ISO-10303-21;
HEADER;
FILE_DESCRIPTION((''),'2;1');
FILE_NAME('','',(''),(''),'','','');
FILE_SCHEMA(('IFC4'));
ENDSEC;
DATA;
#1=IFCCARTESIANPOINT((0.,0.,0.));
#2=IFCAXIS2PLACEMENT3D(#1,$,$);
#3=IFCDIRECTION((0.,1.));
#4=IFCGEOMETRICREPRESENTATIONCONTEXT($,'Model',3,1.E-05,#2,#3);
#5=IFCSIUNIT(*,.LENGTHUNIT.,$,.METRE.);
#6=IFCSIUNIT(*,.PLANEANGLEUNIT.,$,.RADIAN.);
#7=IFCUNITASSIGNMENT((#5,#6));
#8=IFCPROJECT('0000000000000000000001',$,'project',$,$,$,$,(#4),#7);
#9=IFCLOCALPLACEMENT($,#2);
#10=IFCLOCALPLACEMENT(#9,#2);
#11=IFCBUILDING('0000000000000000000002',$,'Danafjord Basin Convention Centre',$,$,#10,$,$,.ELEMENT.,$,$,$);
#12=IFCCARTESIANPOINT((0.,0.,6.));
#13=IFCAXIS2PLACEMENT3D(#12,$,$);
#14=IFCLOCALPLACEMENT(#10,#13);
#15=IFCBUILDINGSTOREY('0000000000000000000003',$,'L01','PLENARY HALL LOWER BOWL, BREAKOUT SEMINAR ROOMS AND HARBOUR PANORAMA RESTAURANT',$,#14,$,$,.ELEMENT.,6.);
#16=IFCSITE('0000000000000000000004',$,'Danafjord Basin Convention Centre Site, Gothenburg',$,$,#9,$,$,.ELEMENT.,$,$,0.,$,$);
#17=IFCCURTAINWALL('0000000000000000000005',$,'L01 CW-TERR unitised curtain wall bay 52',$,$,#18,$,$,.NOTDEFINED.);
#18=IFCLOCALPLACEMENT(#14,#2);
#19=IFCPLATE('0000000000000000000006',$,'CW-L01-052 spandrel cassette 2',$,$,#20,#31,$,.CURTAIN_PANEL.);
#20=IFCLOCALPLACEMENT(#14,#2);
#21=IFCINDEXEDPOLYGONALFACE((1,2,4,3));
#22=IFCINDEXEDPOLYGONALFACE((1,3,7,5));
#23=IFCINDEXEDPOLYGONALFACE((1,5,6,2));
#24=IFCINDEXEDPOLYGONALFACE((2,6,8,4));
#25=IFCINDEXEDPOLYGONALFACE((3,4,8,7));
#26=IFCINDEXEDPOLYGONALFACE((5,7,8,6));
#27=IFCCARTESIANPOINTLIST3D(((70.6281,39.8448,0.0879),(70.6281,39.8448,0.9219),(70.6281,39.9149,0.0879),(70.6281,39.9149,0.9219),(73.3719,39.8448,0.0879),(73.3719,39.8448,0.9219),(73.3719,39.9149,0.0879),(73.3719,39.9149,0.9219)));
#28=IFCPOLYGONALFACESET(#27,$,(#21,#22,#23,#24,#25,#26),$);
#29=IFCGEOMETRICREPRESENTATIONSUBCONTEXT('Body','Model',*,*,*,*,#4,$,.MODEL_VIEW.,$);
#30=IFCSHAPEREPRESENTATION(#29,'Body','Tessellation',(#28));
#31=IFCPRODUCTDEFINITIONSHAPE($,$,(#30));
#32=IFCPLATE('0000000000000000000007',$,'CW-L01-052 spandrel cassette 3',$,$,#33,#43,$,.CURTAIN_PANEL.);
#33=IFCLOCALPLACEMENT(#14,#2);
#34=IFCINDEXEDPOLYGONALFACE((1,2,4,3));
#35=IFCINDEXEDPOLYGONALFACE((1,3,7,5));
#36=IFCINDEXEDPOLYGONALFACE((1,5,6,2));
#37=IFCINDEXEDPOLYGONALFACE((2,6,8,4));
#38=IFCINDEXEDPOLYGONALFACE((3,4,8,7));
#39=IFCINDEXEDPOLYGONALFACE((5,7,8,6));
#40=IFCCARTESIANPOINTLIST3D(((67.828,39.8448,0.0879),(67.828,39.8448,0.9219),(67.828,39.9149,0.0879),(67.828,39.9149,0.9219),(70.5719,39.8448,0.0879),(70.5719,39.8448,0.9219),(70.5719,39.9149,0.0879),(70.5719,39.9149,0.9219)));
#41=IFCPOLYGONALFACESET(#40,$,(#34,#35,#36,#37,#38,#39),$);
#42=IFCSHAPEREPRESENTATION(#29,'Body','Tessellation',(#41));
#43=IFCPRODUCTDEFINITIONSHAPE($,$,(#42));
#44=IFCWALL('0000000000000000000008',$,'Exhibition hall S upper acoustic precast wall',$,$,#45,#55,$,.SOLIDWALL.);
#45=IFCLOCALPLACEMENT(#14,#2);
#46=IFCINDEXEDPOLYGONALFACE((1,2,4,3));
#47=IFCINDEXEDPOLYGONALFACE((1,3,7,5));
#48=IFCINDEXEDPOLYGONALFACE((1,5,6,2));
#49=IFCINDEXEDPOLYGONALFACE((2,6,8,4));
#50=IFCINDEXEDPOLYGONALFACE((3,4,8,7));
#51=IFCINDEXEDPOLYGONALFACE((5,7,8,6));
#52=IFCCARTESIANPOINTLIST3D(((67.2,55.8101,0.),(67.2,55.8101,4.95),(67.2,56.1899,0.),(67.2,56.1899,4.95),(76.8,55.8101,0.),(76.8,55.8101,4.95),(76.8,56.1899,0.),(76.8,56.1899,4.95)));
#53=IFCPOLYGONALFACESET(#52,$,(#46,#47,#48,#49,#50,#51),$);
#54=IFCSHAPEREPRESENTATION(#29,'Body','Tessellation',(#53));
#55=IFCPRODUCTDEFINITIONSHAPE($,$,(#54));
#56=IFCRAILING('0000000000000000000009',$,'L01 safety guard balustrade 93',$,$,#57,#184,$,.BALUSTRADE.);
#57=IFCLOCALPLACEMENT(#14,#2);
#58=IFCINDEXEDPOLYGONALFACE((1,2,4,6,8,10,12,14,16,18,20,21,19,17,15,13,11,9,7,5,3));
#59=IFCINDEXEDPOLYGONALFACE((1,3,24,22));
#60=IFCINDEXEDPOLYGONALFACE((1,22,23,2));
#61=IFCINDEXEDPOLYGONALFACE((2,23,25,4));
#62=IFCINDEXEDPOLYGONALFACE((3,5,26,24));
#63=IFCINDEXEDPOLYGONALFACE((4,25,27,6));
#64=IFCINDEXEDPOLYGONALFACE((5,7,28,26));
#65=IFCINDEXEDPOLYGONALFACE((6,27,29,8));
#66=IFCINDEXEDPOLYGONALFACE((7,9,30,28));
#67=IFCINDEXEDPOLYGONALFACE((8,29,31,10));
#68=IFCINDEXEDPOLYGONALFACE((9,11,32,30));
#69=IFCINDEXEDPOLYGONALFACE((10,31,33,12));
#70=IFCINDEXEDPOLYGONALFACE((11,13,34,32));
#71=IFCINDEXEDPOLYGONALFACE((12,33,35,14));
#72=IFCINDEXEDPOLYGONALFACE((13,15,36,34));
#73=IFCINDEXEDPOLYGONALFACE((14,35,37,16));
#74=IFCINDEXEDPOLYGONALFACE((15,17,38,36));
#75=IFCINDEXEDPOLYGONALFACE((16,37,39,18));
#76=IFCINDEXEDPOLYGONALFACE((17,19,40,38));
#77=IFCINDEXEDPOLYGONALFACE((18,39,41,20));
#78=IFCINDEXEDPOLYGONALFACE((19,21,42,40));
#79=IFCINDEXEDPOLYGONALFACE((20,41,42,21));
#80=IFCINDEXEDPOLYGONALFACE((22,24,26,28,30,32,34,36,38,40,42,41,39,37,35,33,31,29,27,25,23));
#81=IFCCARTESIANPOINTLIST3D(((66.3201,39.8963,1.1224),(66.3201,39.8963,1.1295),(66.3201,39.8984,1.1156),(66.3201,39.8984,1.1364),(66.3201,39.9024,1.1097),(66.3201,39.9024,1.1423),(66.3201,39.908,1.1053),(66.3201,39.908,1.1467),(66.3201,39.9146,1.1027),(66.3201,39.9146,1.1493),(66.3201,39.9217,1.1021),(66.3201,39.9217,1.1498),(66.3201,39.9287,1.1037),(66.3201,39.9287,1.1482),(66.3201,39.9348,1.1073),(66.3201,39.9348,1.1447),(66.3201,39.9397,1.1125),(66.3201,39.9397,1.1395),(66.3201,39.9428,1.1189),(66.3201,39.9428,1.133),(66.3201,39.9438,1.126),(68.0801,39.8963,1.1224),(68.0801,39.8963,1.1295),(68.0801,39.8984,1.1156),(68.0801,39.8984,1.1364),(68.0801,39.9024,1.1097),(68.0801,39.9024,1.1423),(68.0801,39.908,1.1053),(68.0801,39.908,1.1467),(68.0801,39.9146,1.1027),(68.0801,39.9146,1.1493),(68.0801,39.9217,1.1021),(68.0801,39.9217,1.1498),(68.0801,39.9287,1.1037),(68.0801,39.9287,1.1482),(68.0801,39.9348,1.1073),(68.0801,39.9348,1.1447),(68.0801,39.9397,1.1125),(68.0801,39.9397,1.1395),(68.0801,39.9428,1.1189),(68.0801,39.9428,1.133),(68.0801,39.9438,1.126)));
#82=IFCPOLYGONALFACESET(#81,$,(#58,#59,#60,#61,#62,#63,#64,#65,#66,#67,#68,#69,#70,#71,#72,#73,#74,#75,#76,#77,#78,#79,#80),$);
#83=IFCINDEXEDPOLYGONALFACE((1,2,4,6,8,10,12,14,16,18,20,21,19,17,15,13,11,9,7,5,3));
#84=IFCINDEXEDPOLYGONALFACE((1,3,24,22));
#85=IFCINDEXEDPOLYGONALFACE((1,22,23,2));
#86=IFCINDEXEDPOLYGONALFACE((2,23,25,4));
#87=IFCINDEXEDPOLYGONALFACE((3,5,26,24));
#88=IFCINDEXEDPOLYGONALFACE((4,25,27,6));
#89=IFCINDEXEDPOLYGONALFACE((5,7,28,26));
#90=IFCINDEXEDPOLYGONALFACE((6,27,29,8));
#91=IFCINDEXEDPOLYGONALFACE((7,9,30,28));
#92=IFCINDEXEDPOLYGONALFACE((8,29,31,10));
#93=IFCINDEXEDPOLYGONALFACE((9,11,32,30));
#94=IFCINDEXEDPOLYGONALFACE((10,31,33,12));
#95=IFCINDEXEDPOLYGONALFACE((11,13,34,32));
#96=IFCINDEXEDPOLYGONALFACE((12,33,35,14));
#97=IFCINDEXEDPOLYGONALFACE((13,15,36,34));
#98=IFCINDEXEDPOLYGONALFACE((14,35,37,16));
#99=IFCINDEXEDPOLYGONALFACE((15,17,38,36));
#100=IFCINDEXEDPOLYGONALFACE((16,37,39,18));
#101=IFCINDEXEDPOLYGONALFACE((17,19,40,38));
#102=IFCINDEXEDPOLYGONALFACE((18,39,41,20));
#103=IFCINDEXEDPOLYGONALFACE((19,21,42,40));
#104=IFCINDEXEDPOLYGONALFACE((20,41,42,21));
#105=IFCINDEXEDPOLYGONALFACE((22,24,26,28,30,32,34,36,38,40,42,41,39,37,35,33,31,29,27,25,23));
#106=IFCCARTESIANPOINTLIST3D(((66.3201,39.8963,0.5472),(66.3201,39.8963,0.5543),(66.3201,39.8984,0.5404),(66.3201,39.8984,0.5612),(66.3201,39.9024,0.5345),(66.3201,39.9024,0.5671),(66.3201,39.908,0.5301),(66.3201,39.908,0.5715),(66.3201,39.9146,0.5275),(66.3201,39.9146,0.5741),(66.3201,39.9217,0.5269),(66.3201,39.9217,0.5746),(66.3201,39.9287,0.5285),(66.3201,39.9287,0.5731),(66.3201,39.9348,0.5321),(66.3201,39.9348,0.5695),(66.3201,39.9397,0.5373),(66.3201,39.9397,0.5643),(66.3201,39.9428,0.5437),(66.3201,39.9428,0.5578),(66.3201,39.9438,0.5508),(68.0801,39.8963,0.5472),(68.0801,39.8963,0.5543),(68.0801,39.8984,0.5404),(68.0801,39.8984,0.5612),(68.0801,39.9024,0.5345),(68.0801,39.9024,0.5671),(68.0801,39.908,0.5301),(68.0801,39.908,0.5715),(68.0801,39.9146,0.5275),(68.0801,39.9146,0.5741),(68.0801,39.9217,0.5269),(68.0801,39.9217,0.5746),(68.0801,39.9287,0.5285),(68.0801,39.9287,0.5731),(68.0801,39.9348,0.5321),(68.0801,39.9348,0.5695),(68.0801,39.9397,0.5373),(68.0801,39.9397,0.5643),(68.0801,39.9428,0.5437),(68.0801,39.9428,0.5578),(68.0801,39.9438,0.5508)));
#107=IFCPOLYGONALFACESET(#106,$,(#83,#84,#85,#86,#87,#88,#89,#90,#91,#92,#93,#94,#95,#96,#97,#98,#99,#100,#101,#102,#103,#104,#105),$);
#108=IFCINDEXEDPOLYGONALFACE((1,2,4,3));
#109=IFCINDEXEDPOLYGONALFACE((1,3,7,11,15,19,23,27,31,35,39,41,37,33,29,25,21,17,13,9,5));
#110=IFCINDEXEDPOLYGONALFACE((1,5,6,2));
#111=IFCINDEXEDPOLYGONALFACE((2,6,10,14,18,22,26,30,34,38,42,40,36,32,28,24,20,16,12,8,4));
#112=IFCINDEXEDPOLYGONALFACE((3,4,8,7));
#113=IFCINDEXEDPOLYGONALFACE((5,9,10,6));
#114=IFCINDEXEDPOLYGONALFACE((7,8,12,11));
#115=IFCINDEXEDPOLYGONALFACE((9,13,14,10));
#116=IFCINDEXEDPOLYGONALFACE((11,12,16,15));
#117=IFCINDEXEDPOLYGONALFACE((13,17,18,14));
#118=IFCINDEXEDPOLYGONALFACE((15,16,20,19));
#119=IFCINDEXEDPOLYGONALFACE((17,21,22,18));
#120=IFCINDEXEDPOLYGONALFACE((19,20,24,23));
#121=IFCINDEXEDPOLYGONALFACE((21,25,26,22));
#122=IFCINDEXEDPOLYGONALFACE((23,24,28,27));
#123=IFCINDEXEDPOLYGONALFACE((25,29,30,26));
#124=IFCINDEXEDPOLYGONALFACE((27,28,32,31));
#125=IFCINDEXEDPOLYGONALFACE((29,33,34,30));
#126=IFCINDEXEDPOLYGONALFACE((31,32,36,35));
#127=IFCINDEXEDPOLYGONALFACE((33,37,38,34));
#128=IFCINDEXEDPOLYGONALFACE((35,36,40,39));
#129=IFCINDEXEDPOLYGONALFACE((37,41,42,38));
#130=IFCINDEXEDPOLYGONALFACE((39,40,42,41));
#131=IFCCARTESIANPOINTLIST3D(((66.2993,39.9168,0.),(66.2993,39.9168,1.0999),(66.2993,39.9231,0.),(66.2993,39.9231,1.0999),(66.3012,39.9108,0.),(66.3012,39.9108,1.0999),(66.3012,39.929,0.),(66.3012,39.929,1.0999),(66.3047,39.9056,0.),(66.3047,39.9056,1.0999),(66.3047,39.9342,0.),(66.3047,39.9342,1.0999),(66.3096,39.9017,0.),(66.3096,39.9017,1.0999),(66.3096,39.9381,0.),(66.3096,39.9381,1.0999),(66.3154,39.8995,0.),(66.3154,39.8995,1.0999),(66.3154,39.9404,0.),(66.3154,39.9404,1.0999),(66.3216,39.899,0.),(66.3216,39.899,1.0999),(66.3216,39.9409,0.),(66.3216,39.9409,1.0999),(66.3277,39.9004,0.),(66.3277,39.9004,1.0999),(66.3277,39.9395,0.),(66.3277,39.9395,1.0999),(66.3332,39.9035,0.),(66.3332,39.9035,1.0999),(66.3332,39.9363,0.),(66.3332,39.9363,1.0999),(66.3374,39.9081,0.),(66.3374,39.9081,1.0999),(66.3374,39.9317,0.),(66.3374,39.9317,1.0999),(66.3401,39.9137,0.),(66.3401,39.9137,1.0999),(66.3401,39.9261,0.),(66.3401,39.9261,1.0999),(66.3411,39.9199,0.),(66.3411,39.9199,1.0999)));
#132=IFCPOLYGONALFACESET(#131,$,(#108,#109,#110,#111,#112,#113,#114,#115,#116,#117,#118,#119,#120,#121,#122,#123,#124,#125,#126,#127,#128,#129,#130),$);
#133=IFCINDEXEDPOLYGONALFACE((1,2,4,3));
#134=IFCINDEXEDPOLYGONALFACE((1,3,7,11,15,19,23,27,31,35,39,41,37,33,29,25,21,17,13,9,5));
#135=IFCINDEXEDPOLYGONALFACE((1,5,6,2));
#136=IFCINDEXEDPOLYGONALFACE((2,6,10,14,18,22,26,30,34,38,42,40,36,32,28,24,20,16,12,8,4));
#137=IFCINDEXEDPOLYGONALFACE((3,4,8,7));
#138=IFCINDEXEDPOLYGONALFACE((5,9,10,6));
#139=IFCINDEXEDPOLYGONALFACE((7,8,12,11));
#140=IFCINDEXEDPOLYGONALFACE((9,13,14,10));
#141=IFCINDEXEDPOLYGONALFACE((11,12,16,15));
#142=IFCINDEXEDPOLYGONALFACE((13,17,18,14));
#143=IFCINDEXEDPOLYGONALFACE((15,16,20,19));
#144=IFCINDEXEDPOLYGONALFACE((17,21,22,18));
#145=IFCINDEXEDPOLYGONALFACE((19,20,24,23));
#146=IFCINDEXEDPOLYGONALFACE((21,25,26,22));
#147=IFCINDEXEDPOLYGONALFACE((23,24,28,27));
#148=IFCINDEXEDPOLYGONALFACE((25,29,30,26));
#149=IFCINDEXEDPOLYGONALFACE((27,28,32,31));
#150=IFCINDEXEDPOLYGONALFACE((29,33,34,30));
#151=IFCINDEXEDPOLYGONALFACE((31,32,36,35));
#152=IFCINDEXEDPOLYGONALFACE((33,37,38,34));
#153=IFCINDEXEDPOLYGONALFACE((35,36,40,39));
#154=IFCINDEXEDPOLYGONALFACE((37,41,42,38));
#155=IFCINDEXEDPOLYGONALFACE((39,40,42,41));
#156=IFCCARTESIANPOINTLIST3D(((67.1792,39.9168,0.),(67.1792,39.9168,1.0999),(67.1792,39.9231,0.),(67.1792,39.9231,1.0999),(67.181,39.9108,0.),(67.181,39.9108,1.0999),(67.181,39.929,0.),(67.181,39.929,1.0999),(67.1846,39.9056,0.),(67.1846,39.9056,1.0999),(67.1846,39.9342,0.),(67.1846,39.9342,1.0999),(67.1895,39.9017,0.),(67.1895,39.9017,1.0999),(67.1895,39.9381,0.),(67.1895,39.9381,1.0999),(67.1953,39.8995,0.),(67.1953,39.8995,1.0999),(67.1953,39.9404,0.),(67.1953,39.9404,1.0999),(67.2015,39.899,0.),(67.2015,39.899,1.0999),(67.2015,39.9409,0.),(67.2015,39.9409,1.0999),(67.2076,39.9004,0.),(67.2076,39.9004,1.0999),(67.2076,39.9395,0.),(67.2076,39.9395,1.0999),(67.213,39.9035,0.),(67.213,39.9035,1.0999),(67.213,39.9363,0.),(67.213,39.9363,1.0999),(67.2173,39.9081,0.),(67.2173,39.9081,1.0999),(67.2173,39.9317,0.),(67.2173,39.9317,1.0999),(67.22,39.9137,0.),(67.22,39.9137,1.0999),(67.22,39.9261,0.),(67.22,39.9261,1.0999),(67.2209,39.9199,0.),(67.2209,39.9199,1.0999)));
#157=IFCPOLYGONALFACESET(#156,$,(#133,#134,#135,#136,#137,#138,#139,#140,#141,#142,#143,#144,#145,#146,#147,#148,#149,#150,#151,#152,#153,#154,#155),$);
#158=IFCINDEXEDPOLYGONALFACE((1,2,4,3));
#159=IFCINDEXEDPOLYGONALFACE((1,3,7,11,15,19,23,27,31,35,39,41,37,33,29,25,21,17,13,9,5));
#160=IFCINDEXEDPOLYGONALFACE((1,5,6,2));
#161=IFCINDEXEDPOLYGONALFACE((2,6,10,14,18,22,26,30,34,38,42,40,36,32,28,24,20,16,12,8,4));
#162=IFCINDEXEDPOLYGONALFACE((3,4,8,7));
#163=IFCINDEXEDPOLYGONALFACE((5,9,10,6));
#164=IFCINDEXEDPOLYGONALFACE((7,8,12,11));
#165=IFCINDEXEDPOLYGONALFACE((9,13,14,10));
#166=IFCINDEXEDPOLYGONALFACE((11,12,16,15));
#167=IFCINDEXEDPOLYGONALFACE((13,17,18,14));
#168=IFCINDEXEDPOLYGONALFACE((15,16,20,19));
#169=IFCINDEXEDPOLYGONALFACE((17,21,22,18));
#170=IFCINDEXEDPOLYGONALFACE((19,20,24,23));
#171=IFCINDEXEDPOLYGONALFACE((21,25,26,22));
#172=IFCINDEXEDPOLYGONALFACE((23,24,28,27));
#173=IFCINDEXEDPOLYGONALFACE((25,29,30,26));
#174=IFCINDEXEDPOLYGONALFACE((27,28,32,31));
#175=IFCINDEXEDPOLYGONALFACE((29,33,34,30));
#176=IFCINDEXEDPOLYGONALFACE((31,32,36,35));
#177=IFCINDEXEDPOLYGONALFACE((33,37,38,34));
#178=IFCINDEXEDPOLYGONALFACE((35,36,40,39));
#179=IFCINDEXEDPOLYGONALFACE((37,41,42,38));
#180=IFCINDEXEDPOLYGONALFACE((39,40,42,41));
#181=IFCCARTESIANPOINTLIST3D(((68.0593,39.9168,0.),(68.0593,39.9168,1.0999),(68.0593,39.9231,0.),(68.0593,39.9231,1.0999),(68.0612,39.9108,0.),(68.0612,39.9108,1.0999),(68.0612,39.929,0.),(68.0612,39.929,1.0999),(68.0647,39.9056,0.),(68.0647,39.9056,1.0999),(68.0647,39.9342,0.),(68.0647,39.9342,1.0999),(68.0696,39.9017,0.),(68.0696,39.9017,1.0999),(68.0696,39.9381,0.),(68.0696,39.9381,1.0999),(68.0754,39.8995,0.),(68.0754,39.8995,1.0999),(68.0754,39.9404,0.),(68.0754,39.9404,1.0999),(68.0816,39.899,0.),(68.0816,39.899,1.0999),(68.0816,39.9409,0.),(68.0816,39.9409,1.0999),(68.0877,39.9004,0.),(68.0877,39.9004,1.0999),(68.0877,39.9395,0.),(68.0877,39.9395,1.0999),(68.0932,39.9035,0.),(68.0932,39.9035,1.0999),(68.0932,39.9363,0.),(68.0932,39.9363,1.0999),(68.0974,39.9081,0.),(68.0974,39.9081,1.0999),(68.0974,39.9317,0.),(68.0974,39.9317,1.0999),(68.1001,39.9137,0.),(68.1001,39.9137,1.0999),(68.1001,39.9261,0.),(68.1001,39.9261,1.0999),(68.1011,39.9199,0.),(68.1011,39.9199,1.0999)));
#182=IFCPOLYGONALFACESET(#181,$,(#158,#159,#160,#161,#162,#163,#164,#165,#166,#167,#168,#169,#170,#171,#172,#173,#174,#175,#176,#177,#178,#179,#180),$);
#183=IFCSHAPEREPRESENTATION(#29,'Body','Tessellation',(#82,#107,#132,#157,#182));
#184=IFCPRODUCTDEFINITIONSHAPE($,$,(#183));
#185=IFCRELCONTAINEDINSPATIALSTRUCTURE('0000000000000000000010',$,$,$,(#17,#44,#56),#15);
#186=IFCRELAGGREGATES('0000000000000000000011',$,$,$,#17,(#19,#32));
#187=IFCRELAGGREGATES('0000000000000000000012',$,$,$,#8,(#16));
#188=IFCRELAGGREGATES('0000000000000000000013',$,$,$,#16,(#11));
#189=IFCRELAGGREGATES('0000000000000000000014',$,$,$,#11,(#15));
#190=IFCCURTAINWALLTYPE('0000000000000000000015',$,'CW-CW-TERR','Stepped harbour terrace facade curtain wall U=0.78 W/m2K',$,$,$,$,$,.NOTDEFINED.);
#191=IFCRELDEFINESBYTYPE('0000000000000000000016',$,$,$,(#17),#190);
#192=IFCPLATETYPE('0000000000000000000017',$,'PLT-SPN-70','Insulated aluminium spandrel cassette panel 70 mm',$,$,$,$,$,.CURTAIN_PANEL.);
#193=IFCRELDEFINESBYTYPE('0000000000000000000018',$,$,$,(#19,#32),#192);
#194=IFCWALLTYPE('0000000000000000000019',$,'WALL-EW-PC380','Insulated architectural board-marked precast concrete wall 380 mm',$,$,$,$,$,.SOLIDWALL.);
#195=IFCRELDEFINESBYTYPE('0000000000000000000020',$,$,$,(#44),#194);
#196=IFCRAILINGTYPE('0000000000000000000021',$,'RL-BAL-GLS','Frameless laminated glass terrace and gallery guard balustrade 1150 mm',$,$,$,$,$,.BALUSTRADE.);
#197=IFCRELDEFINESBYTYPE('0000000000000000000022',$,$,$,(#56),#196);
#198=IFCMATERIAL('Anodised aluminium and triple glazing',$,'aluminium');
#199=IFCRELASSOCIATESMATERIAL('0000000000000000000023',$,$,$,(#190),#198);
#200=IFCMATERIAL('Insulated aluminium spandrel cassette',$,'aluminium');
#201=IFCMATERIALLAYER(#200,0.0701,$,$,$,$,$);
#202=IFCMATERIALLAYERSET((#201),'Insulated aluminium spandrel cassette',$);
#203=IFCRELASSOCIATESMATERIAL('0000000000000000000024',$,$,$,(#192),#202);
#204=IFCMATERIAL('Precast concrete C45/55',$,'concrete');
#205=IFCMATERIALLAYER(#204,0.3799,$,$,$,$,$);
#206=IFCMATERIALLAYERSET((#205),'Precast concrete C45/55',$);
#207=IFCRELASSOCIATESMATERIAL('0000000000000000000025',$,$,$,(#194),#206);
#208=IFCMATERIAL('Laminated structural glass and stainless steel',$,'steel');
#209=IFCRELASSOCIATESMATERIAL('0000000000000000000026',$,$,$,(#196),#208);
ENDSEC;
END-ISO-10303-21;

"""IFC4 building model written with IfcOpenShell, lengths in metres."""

from ifc_helpers import new_model, si_unit, direction, frame, frame_2d, origin, origin_2d, place, context, subcontext, project, spatial, rectangle, circle, extrude, material, layer, layer_set, type_object, element, aggregate, save


model = new_model("IFC4")

# Units and contexts
model_context = context("Model", 3, precision=1e-05, world=origin(), true_north=direction((0.0, 1.0)))
body_context = subcontext(model_context, "Body", "Model", "MODEL_VIEW")
ifc_project = project(units=[si_unit("LENGTHUNIT", "METRE"), si_unit("PLANEANGLEUNIT", "RADIAN")], contexts=[model_context])

# Site, building, storey
site_placement = place(None, origin())
site = spatial("IfcSite", under=ifc_project, at=site_placement, Name="Danafjord Basin Convention Centre Site, Gothenburg", CompositionType="ELEMENT", RefElevation=0.0)
building_placement = place(site_placement, origin())
building = spatial("IfcBuilding", under=site, at=building_placement, Name="Danafjord Basin Convention Centre", CompositionType="ELEMENT")
storey_placement = place(building_placement, frame((0.0, 0.0, 6.0)))
storey = spatial("IfcBuildingStorey", under=building, at=storey_placement, Name="L01", Description="PLENARY HALL LOWER BOWL, BREAKOUT SEMINAR ROOMS AND HARBOUR PANORAMA RESTAURANT", CompositionType="ELEMENT", Elevation=6.0)

# Shared definitions
ifc_material_1 = material(Name="Precast concrete C45/55", Category="concrete")

# Curtain wall
ifc_material_2 = material(Name="Anodised aluminium and triple glazing", Category="aluminium")
curtain_wall_type_1 = type_object("IfcCurtainWallType", Name="CW-CW-TERR", Description="Stepped harbour terrace facade curtain wall U=0.78 W/m2K", PredefinedType="NOTDEFINED", material=ifc_material_2)
curtain_wall_1_placement = place(storey_placement, origin())
curtain_wall_1 = element("IfcCurtainWall", 1, at=curtain_wall_1_placement, inside=storey, type_object=curtain_wall_type_1, Name="L01 CW-TERR unitised curtain wall bay 52", PredefinedType="NOTDEFINED")

# Plates
ifc_material_3 = material(Name="Insulated aluminium spandrel cassette", Category="aluminium")
ifc_layer_1 = layer(ifc_material_3, 0.0701)
ifc_layer_set_1 = layer_set([ifc_layer_1], Name="Insulated aluminium spandrel cassette")
plate_type_1 = type_object("IfcPlateType", Name="PLT-SPN-70", Description="Insulated aluminium spandrel cassette panel 70 mm", PredefinedType="CURTAIN_PANEL", material=ifc_layer_set_1)
plate_1_placement = place(storey_placement, frame((72.0, 39.8799, 0.0879), z_axis=(0.0, 0.0, 1.0), x_axis=(-1.0, 0.0, 0.0)))
plate_1 = element("IfcPlate", 2, at=plate_1_placement, type_object=plate_type_1, Name="CW-L01-052 spandrel cassette 2", PredefinedType="CURTAIN_PANEL", context=body_context, shape_type="SweptSolid", body=[
    extrude(rectangle(XDim=2.7439, YDim=0.0701, at=origin_2d()), origin(), (0.0, 0.0, 1.0), 0.834),
])
plate_2_placement = place(storey_placement, frame((69.2, 39.8799, 0.0879), z_axis=(0.0, 0.0, 1.0), x_axis=(-1.0, 0.0, 0.0)))
plate_2 = element("IfcPlate", 3, at=plate_2_placement, type_object=plate_type_1, Name="CW-L01-052 spandrel cassette 3", PredefinedType="CURTAIN_PANEL", context=body_context, shape_type="SweptSolid", body=[
    extrude(rectangle(XDim=2.7439, YDim=0.0701, at=origin_2d()), origin(), (0.0, 0.0, 1.0), 0.834),
])
aggregate(curtain_wall_1, [plate_1, plate_2])

# Wall
ifc_layer_2 = layer(ifc_material_1, 0.3799)
ifc_layer_set_2 = layer_set([ifc_layer_2], Name="Precast concrete C45/55")
wall_type = type_object("IfcWallType", Name="WALL-EW-PC380", Description="Insulated architectural board-marked precast concrete wall 380 mm", PredefinedType="SOLIDWALL", material=ifc_layer_set_2)
wall_placement = place(storey_placement, frame((67.2, 56.0, 0.0), z_axis=(0.0, 0.0, 1.0), x_axis=(1.0, 0.0, 0.0)))
element("IfcWall", 4, at=wall_placement, inside=storey, type_object=wall_type, Name="Exhibition hall S upper acoustic precast wall", PredefinedType="SOLIDWALL", context=body_context, shape_type="SweptSolid", body=[
    extrude(rectangle(XDim=9.6001, YDim=0.3799, at=frame_2d((4.8, 0.0))), origin(), (0.0, 0.0, 1.0), 4.95),
])

# Railing
ifc_material_4 = material(Name="Laminated structural glass and stainless steel", Category="steel")
railing_type = type_object("IfcRailingType", Name="RL-BAL-GLS", Description="Frameless laminated glass terrace and gallery guard balustrade 1150 mm", PredefinedType="BALUSTRADE", material=ifc_material_4)
for number, where, name in (
    (5, (66.3201, 39.9199, 0.0), "L01 safety guard balustrade 93"),
):
    element("IfcRailing", number, at=place(storey_placement, frame(where)), inside=storey, type_object=railing_type, Name=name, PredefinedType="BALUSTRADE", context=body_context, shape_type="SweptSolid", body=[
        extrude(circle(Radius=0.0239, at=origin_2d()), frame((0.0, 0.0, 1.126), z_axis=(1.0, 0.0, 0.0), x_axis=(0.0, 1.0, 0.0)), (0.0, 0.0, 1.0), 1.76),
        extrude(circle(Radius=0.0239, at=origin_2d()), frame((0.0, 0.0, 0.5508), z_axis=(1.0, 0.0, 0.0), x_axis=(0.0, 1.0, 0.0)), (0.0, 0.0, 1.0), 1.76),
        extrude(circle(Radius=0.021, at=origin_2d()), origin(), (0.0, 0.0, 1.0), 1.0999),
        extrude(circle(Radius=0.021, at=origin_2d()), frame((0.8799, 0.0, 0.0)), (0.0, 0.0, 1.0), 1.0999),
        extrude(circle(Radius=0.021, at=origin_2d()), frame((1.76, 0.0, 0.0)), (0.0, 0.0, 1.0), 1.0999),
    ])

save(model, "model.ifc")
